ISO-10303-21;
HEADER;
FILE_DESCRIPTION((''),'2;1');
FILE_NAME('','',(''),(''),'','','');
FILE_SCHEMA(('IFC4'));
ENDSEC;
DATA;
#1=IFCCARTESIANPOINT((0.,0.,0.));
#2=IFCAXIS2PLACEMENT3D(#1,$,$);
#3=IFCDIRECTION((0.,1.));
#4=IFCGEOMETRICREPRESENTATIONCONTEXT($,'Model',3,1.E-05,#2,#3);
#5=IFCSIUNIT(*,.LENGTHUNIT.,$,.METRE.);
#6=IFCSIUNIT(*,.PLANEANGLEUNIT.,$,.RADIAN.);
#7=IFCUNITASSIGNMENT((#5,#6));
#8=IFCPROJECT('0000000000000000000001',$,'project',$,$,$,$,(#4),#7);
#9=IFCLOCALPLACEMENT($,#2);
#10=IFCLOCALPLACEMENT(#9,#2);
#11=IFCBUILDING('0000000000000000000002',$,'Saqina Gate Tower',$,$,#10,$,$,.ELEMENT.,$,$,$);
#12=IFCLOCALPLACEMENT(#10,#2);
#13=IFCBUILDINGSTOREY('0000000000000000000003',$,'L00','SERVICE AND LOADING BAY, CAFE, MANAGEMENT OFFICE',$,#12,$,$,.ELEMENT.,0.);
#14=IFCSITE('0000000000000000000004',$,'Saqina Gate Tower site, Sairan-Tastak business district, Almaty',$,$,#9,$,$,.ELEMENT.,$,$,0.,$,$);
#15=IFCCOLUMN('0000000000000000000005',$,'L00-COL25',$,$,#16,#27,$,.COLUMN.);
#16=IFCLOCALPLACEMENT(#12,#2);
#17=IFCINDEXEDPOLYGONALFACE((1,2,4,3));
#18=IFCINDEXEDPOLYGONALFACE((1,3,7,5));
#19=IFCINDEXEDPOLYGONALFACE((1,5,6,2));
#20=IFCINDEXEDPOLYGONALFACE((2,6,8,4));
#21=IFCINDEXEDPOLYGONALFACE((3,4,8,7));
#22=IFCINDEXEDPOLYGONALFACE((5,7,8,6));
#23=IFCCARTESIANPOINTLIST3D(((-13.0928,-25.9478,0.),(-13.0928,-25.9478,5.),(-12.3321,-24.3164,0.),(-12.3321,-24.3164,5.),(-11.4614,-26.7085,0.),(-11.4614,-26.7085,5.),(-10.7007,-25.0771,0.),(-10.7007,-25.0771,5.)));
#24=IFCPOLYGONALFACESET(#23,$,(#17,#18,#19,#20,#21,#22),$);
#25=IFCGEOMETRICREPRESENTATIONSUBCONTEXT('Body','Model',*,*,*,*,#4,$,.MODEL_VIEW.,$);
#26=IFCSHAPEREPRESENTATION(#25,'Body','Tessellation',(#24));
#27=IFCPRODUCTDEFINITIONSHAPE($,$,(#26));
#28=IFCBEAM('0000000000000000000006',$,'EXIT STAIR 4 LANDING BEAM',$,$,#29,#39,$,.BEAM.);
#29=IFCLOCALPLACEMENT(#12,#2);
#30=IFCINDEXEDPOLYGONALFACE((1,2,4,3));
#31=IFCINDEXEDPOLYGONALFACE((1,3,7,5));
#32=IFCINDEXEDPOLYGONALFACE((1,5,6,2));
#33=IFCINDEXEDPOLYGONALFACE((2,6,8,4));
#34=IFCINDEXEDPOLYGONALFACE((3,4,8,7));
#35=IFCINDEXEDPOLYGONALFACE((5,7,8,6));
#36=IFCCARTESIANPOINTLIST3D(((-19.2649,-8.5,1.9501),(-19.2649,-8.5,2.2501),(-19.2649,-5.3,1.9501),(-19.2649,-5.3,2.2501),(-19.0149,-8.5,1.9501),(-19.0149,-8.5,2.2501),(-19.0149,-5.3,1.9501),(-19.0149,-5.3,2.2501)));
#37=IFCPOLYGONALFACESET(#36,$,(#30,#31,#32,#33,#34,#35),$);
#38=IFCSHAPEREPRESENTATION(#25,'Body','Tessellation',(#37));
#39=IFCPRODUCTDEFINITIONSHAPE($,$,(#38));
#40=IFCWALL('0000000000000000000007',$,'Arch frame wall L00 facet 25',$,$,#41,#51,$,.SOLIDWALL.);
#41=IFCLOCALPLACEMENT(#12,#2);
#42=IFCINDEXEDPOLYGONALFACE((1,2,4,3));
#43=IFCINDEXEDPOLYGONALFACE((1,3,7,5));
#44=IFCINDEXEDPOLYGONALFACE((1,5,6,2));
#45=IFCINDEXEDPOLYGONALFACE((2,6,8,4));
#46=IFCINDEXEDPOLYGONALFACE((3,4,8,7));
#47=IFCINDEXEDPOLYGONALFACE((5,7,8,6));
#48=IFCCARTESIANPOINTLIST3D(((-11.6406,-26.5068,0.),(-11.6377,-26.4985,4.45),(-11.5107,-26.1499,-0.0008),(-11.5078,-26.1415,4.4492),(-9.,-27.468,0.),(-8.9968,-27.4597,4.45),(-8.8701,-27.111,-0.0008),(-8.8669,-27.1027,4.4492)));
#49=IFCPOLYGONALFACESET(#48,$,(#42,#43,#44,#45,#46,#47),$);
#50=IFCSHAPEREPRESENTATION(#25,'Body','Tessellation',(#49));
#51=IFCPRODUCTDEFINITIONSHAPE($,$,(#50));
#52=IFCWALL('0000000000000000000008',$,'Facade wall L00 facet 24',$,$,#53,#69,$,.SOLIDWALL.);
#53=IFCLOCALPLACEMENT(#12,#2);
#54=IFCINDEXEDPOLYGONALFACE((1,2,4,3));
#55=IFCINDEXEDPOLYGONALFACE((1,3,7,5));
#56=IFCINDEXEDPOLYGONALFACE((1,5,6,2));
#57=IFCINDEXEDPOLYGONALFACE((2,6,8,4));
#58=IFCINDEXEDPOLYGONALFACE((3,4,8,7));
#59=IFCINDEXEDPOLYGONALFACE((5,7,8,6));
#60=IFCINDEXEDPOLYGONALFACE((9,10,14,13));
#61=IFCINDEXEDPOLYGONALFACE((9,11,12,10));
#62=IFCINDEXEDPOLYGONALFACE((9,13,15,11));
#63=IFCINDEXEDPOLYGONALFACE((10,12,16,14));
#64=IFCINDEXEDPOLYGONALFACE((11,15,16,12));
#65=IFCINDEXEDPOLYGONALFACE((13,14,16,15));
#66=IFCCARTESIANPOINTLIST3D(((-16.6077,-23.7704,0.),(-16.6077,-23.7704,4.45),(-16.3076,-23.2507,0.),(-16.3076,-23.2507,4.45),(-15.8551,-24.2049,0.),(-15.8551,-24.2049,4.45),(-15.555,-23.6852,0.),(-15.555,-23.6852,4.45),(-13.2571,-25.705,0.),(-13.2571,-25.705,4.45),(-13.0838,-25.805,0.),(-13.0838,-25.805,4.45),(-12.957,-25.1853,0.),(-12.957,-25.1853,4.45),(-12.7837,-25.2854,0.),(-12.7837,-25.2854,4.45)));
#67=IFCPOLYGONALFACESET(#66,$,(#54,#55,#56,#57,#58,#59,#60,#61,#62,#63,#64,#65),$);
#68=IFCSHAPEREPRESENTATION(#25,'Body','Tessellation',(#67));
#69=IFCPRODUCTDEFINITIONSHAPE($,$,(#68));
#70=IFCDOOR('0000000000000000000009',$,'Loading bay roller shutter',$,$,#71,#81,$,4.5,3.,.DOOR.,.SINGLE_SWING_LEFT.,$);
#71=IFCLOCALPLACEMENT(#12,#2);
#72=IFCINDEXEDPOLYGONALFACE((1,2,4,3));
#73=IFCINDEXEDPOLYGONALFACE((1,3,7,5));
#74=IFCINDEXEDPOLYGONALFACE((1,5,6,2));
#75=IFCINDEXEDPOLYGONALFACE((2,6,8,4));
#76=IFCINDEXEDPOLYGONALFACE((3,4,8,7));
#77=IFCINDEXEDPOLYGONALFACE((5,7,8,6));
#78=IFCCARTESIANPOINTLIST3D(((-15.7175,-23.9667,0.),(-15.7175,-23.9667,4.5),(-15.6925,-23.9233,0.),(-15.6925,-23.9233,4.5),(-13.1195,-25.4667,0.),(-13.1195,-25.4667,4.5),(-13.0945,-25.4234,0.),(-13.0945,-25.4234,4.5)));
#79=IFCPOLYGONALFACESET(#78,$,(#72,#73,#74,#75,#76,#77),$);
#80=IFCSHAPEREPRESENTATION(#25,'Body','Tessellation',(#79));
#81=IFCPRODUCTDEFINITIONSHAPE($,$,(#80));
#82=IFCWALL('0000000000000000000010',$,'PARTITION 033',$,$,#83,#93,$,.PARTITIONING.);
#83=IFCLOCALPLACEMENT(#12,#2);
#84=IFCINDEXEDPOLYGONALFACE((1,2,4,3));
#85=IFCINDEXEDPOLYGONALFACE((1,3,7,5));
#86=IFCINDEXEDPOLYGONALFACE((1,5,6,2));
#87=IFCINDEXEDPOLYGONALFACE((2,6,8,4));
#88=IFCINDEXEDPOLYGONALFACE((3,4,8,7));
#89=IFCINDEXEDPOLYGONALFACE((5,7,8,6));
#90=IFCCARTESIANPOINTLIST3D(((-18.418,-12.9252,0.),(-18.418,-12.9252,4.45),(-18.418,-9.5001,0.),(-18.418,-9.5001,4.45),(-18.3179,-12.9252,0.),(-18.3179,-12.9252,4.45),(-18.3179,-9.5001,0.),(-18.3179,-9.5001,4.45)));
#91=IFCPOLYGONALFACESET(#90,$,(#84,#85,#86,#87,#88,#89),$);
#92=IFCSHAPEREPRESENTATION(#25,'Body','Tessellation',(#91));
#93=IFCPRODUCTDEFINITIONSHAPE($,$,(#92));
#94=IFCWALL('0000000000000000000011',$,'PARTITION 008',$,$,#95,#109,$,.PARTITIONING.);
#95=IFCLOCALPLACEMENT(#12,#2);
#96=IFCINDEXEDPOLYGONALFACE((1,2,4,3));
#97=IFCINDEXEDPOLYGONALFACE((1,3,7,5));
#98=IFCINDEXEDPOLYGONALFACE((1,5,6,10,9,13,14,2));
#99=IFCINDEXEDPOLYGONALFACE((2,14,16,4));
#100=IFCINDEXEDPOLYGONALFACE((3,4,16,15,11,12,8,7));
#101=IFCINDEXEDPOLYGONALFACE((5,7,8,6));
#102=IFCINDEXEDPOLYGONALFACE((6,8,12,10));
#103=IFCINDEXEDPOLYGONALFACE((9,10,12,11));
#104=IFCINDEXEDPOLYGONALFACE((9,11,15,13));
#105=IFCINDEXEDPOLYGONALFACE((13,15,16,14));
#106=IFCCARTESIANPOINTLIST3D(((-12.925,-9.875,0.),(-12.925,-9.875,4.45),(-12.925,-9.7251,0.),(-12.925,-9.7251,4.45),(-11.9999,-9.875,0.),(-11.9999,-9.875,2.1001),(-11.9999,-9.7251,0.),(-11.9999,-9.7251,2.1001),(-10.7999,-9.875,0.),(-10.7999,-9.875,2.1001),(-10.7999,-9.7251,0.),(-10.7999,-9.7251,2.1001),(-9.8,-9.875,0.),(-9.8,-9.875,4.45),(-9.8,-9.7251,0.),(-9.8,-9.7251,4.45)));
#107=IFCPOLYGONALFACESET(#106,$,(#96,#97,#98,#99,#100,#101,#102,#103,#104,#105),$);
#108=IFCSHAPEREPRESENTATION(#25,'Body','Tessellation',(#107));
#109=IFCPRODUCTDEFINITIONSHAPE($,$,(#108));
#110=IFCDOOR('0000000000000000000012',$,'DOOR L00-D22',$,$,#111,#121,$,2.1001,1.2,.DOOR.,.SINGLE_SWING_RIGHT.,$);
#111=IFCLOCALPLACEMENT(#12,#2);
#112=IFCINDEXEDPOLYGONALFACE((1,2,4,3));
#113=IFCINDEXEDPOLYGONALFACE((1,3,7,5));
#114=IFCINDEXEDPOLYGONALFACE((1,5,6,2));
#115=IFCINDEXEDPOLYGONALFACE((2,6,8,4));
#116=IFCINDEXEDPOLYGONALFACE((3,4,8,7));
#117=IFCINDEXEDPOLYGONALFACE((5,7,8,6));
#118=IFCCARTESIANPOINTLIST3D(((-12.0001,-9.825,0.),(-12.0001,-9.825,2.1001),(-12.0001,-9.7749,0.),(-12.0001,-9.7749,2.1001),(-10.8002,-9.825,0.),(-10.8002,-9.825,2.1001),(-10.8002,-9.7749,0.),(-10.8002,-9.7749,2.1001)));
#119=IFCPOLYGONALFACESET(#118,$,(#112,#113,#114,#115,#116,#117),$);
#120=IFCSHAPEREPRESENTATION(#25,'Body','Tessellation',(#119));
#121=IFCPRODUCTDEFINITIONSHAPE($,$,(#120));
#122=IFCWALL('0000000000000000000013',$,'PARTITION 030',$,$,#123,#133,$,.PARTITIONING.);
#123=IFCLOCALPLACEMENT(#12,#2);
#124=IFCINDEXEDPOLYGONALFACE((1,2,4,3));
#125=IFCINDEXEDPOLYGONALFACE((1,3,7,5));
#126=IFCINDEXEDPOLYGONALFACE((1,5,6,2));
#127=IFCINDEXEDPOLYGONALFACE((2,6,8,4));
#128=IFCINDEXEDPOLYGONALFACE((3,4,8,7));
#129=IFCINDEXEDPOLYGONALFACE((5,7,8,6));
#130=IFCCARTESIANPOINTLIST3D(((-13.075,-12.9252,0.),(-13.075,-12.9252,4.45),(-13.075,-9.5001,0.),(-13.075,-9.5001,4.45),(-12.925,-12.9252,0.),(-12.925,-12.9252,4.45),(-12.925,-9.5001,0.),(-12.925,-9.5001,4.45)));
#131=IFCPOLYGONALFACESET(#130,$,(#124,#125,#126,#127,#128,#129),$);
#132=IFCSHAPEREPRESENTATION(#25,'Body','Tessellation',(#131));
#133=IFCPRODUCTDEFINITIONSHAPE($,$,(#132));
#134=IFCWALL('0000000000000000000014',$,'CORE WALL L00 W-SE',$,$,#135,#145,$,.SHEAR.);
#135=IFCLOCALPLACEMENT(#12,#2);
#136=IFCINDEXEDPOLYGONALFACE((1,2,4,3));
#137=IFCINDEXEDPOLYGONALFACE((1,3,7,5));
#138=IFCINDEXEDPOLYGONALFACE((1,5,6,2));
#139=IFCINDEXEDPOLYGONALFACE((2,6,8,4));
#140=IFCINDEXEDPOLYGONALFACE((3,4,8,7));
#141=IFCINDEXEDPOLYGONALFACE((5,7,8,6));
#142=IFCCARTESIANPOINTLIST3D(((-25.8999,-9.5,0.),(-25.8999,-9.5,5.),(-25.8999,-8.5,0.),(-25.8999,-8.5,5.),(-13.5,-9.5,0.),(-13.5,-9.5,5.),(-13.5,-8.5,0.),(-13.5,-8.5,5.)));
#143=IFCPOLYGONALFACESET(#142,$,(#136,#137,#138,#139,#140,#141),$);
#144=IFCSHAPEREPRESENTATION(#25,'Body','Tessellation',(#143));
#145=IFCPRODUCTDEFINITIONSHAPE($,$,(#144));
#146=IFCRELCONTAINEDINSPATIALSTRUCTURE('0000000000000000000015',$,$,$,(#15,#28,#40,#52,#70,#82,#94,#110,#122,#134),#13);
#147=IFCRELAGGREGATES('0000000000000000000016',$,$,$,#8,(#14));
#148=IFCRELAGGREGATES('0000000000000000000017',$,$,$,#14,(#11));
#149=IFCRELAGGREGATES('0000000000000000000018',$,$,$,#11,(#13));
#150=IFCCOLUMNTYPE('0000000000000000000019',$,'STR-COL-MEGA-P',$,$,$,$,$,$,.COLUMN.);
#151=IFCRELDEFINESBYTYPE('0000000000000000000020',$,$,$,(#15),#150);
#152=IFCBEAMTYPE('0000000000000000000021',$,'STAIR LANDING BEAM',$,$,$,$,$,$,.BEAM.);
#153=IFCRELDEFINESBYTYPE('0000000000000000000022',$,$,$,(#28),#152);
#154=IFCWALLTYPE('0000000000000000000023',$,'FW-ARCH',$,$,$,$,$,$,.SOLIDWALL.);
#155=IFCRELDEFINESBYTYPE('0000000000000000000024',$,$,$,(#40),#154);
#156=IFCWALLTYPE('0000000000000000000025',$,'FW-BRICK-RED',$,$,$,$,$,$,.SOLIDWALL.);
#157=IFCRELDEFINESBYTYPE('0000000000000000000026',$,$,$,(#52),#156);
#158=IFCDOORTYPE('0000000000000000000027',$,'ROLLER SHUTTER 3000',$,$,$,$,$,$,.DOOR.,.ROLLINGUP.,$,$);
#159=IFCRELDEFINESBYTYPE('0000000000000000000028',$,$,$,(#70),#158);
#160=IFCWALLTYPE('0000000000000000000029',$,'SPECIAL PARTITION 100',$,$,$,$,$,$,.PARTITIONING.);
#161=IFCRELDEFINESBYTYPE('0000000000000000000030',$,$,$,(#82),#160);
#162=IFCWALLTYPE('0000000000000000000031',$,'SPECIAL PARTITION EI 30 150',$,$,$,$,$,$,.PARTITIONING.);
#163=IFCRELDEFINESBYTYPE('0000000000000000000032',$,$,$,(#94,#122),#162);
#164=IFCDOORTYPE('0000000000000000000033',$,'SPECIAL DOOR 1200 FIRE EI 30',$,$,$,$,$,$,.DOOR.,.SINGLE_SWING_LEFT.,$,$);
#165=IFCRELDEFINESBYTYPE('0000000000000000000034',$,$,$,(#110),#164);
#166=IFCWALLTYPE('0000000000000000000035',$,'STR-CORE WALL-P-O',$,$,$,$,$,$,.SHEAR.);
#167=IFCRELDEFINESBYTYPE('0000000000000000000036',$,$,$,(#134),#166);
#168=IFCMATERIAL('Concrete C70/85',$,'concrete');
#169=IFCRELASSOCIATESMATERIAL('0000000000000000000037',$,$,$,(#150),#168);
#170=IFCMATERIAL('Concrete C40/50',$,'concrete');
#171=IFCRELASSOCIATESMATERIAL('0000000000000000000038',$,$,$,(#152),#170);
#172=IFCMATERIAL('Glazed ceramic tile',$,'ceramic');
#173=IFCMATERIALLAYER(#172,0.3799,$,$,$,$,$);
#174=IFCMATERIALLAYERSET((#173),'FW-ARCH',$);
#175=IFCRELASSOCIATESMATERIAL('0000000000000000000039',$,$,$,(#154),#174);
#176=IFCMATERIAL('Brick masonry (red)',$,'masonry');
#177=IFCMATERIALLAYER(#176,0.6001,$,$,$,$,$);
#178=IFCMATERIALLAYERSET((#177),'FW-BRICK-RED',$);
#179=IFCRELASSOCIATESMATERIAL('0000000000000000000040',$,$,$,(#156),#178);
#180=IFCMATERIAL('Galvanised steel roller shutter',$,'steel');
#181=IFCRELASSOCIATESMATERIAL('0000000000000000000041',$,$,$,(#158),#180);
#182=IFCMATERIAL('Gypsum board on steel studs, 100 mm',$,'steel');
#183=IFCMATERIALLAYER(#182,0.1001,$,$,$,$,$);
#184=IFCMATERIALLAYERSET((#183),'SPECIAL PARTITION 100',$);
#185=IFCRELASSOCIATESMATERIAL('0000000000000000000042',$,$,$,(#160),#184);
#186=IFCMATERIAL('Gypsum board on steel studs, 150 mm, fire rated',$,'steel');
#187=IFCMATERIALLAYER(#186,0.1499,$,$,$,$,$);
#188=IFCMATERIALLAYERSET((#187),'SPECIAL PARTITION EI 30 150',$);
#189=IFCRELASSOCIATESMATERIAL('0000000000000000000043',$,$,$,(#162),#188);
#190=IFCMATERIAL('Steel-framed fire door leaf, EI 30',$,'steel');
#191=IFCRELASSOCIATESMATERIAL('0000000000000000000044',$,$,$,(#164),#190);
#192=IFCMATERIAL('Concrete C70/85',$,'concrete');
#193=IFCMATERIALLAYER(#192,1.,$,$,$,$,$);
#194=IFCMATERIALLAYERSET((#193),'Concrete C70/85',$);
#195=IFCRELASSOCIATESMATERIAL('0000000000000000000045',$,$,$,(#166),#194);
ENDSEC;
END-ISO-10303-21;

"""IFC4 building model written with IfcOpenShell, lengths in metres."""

from ifc_helpers import new_model, si_unit, direction, frame, frame_2d, origin, origin_2d, place, context, subcontext, project, spatial, polyline, rectangle, outline, extrude, material, layer, layer_set, material_profile, profile_set, type_object, element, fill, save


model = new_model("IFC4")

# Units and contexts
model_context = context("Model", 3, precision=1e-05, world=origin(), true_north=direction((0.0, 1.0)))
body_context = subcontext(model_context, "Body", "Model", "MODEL_VIEW")
ifc_project = project(units=[si_unit("LENGTHUNIT", "METRE"), si_unit("PLANEANGLEUNIT", "RADIAN")], contexts=[model_context])

# Site, building, storey
site_placement = place(None, origin())
site = spatial("IfcSite", under=ifc_project, at=site_placement, Name="Saqina Gate Tower site, Sairan-Tastak business district, Almaty", CompositionType="ELEMENT", RefElevation=0.0)
building_placement = place(site_placement, origin())
building = spatial("IfcBuilding", under=site, at=building_placement, Name="Saqina Gate Tower", CompositionType="ELEMENT")
storey_placement = place(building_placement, origin())
storey = spatial("IfcBuildingStorey", under=building, at=storey_placement, Name="L00", Description="SERVICE AND LOADING BAY, CAFE, MANAGEMENT OFFICE", CompositionType="ELEMENT", Elevation=0.0)

# Column
ifc_material_1 = material(Name="Concrete C70/85", Category="concrete")
ifc_material_profile_1 = material_profile(ifc_material_1, rectangle(XDim=1.8, YDim=1.8, at=origin_2d()), Name="RC 1800x1800")
ifc_profile_set_1 = profile_set([ifc_material_profile_1], Name="Concrete C70/85")
column_type = type_object("IfcColumnType", Name="STR-COL-MEGA-P", PredefinedType="COLUMN", material=ifc_profile_set_1)
column_placement = place(storey_placement, frame((-11.8967, -25.5125, 0.0), z_axis=(0.0, 0.0, 1.0), x_axis=(-0.422618, -0.906308, 0.0)))
element("IfcColumn", 1, at=column_placement, inside=storey, type_object=column_type, Name="L00-COL25", PredefinedType="COLUMN", context=body_context, shape_type="SweptSolid", body=[
    extrude(rectangle(XDim=1.8, YDim=1.8, at=origin_2d()), origin(), (0.0, 0.0, 1.0), 5.0),
])

# Beam
ifc_material_2 = material(Name="Concrete C40/50", Category="concrete")
ifc_material_profile_2 = material_profile(ifc_material_2, rectangle(XDim=0.25, YDim=0.3, at=origin_2d()), Name="STAIR LANDING BEAM")
ifc_profile_set_2 = profile_set([ifc_material_profile_2], Name="Concrete C40/50")
beam_type = type_object("IfcBeamType", Name="STAIR LANDING BEAM", PredefinedType="BEAM", material=ifc_profile_set_2)
beam_placement = place(storey_placement, frame((-19.1399, -8.5, 2.1001), z_axis=(0.0, 1.0, 0.0), x_axis=(-1.0, 0.0, 0.0)))
element("IfcBeam", 2, at=beam_placement, inside=storey, type_object=beam_type, Name="EXIT STAIR 4 LANDING BEAM", PredefinedType="BEAM", context=body_context, shape_type="SweptSolid", body=[
    extrude(rectangle(XDim=0.25, YDim=0.3, at=origin_2d()), origin(), (0.0, 0.0, 1.0), 3.2),
])

# Wall
ifc_material_3 = material(Name="Glazed ceramic tile", Category="ceramic")
ifc_layer_1 = layer(ifc_material_3, 0.3799)
ifc_layer_set_1 = layer_set([ifc_layer_1], Name="FW-ARCH")
wall_type_1 = type_object("IfcWallType", Name="FW-ARCH", PredefinedType="SOLIDWALL", material=ifc_layer_set_1)
wall_1_placement = place(storey_placement, frame((-11.6406, -26.5068, 0.0), z_axis=(-0.342028, -0.939688, 0.001987), x_axis=(0.000662, 0.001874, 0.999998)))
element("IfcWall", 3, at=wall_1_placement, inside=storey, type_object=wall_type_1, Name="Arch frame wall L00 facet 25", PredefinedType="SOLIDWALL", context=body_context, shape_type="SweptSolid", body=[
    extrude(outline(polyline([(0.0, 0.0), (4.45, 0.0), (4.4499, -2.8103), (-0.0001, -2.8101), (0.0, 0.0)])), origin(), (0.0, 0.0, -1.0), 0.3799),
])

# Wall, opening, door
ifc_material_4 = material(Name="Brick masonry (red)", Category="masonry")
ifc_layer_2 = layer(ifc_material_4, 0.6001)
ifc_layer_set_2 = layer_set([ifc_layer_2], Name="FW-BRICK-RED")
wall_type_2 = type_object("IfcWallType", Name="FW-BRICK-RED", PredefinedType="SOLIDWALL", material=ifc_layer_set_2)
wall_2_placement = place(storey_placement, frame((-16.4578, -23.5105, 0.0), z_axis=(0.0, 0.0, 1.0), x_axis=(0.866012, -0.500024, 0.0)))
wall_2 = element("IfcWall", 4, at=wall_2_placement, inside=storey, type_object=wall_type_2, Name="Facade wall L00 facet 24", PredefinedType="SOLIDWALL", context=body_context, shape_type="SweptSolid", body=[
    extrude(rectangle(XDim=4.0691, YDim=0.6001, at=frame_2d((2.0347, 0.0))), origin(), (0.0, 0.0, 1.0), 4.45),
])
opening_1_placement = place(wall_2_placement, frame((0.8691, 0.0, 0.0)))
opening_1 = element("IfcOpeningElement", 5, at=opening_1_placement, cuts=wall_2, PredefinedType="OPENING", context=body_context, shape_type="SweptSolid", body=[
    extrude(rectangle(XDim=3.0, YDim=4.5, at=frame_2d((1.5, 2.25))), frame((0.0, 0.312, 0.0), z_axis=(0.0, -1.0, 0.0), x_axis=(1.0, 0.0, 0.0)), (0.0, 0.0, 1.0), 0.624),
])
ifc_material_5 = material(Name="Galvanised steel roller shutter", Category="steel")
door_type_1 = type_object("IfcDoorType", Name="ROLLER SHUTTER 3000", OperationType="ROLLINGUP", PredefinedType="DOOR", material=ifc_material_5)
door_1_placement = place(opening_1_placement, frame((3.0, 0.0, 0.0), z_axis=(0.0, 0.0, 1.0), x_axis=(-1.0, 0.0, 0.0)))
door_1 = element("IfcDoor", 6, at=door_1_placement, inside=storey, type_object=door_type_1, Name="Loading bay roller shutter", OperationType="SINGLE_SWING_LEFT", OverallHeight=4.5, OverallWidth=3.0, PredefinedType="DOOR", context=body_context, shape_type="SweptSolid", body=[
    extrude(rectangle(XDim=3.0, YDim=4.5, at=frame_2d((1.5, 2.25))), frame((0.0, 0.0249, 0.0), z_axis=(0.0, -1.0, 0.0), x_axis=(1.0, 0.0, 0.0)), (0.0, 0.0, 1.0), 0.05),
])
fill(opening_1, door_1)

# Wall
ifc_material_6 = material(Name="Gypsum board on steel studs, 100 mm", Category="steel")
ifc_layer_3 = layer(ifc_material_6, 0.1001)
ifc_layer_set_3 = layer_set([ifc_layer_3], Name="SPECIAL PARTITION 100")
wall_type_3 = type_object("IfcWallType", Name="SPECIAL PARTITION 100", PredefinedType="PARTITIONING", material=ifc_layer_set_3)
wall_3_placement = place(storey_placement, frame((-18.3679, -12.925, 0.0), z_axis=(0.0, 0.0, 1.0), x_axis=(0.0, 1.0, 0.0)))
element("IfcWall", 7, at=wall_3_placement, inside=storey, type_object=wall_type_3, Name="PARTITION 033", PredefinedType="PARTITIONING", context=body_context, shape_type="SweptSolid", body=[
    extrude(rectangle(XDim=3.425, YDim=0.1001, at=frame_2d((1.7124, 0.0))), origin(), (0.0, 0.0, 1.0), 4.45),
])

# Wall, opening, door
ifc_material_7 = material(Name="Gypsum board on steel studs, 150 mm, fire rated", Category="steel")
ifc_layer_4 = layer(ifc_material_7, 0.1499)
ifc_layer_set_4 = layer_set([ifc_layer_4], Name="SPECIAL PARTITION EI 30 150")
wall_type_4 = type_object("IfcWallType", Name="SPECIAL PARTITION EI 30 150", PredefinedType="PARTITIONING", material=ifc_layer_set_4)
wall_4_placement = place(storey_placement, frame((-12.925, -9.8, 0.0), z_axis=(0.0, 0.0, 1.0), x_axis=(1.0, 0.0, 0.0)))
wall_4 = element("IfcWall", 8, at=wall_4_placement, inside=storey, type_object=wall_type_4, Name="PARTITION 008", PredefinedType="PARTITIONING", context=body_context, shape_type="SweptSolid", body=[
    extrude(rectangle(XDim=3.125, YDim=0.1499, at=frame_2d((1.5625, 0.0))), origin(), (0.0, 0.0, 1.0), 4.45),
])
opening_2_placement = place(wall_4_placement, frame((0.925, 0.0, 0.0)))
opening_2 = element("IfcOpeningElement", 9, at=opening_2_placement, cuts=wall_4, PredefinedType="OPENING", context=body_context, shape_type="SweptSolid", body=[
    extrude(rectangle(XDim=1.2, YDim=2.1001, at=frame_2d((0.6001, 1.05))), frame((0.0, 0.0869, 0.0), z_axis=(0.0, -1.0, 0.0), x_axis=(1.0, 0.0, 0.0)), (0.0, 0.0, 1.0), 0.1738),
])
ifc_material_8 = material(Name="Steel-framed fire door leaf, EI 30", Category="steel")
door_type_2 = type_object("IfcDoorType", Name="SPECIAL DOOR 1200 FIRE EI 30", OperationType="SINGLE_SWING_LEFT", PredefinedType="DOOR", material=ifc_material_8)
door_2_placement = place(opening_2_placement, frame((1.2, 0.0, 0.0), z_axis=(0.0, 0.0, 1.0), x_axis=(-1.0, 0.0, 0.0)))
door_2 = element("IfcDoor", 10, at=door_2_placement, inside=storey, type_object=door_type_2, Name="DOOR L00-D22", OperationType="SINGLE_SWING_RIGHT", OverallHeight=2.1001, OverallWidth=1.2, PredefinedType="DOOR", context=body_context, shape_type="SweptSolid", body=[
    extrude(rectangle(XDim=1.2, YDim=2.1001, at=frame_2d((0.6001, 1.05))), frame((0.0, 0.0249, 0.0), z_axis=(0.0, -1.0, 0.0), x_axis=(1.0, 0.0, 0.0)), (0.0, 0.0, 1.0), 0.05),
])
fill(opening_2, door_2)

# Wall
wall_5_placement = place(storey_placement, frame((-13.0, -12.925, 0.0), z_axis=(0.0, 0.0, 1.0), x_axis=(0.0, 1.0, 0.0)))
element("IfcWall", 11, at=wall_5_placement, inside=storey, type_object=wall_type_4, Name="PARTITION 030", PredefinedType="PARTITIONING", context=body_context, shape_type="SweptSolid", body=[
    extrude(rectangle(XDim=3.425, YDim=0.1499, at=frame_2d((1.7124, 0.0))), origin(), (0.0, 0.0, 1.0), 4.45),
])

# Shared definitions
ifc_material_9 = material(Name="Concrete C70/85", Category="concrete")
ifc_layer_5 = layer(ifc_material_9, 1.0)
ifc_layer_set_5 = layer_set([ifc_layer_5], Name="Concrete C70/85")
wall_type_5 = type_object("IfcWallType", Name="STR-CORE WALL-P-O", PredefinedType="SHEAR", material=ifc_layer_set_5)

# Wall
wall_6_placement = place(storey_placement, frame((-13.5, -9.0, 0.0), z_axis=(0.0, 0.0, 1.0), x_axis=(-1.0, 0.0, 0.0)))
element("IfcWall", 12, at=wall_6_placement, inside=storey, type_object=wall_type_5, Name="CORE WALL L00 W-SE", PredefinedType="SHEAR", context=body_context, shape_type="SweptSolid", body=[
    extrude(rectangle(XDim=12.3999, YDim=1.0, at=frame_2d((6.2, 0.0))), origin(), (0.0, 0.0, 1.0), 5.0),
])

save(model, "model.ifc")
